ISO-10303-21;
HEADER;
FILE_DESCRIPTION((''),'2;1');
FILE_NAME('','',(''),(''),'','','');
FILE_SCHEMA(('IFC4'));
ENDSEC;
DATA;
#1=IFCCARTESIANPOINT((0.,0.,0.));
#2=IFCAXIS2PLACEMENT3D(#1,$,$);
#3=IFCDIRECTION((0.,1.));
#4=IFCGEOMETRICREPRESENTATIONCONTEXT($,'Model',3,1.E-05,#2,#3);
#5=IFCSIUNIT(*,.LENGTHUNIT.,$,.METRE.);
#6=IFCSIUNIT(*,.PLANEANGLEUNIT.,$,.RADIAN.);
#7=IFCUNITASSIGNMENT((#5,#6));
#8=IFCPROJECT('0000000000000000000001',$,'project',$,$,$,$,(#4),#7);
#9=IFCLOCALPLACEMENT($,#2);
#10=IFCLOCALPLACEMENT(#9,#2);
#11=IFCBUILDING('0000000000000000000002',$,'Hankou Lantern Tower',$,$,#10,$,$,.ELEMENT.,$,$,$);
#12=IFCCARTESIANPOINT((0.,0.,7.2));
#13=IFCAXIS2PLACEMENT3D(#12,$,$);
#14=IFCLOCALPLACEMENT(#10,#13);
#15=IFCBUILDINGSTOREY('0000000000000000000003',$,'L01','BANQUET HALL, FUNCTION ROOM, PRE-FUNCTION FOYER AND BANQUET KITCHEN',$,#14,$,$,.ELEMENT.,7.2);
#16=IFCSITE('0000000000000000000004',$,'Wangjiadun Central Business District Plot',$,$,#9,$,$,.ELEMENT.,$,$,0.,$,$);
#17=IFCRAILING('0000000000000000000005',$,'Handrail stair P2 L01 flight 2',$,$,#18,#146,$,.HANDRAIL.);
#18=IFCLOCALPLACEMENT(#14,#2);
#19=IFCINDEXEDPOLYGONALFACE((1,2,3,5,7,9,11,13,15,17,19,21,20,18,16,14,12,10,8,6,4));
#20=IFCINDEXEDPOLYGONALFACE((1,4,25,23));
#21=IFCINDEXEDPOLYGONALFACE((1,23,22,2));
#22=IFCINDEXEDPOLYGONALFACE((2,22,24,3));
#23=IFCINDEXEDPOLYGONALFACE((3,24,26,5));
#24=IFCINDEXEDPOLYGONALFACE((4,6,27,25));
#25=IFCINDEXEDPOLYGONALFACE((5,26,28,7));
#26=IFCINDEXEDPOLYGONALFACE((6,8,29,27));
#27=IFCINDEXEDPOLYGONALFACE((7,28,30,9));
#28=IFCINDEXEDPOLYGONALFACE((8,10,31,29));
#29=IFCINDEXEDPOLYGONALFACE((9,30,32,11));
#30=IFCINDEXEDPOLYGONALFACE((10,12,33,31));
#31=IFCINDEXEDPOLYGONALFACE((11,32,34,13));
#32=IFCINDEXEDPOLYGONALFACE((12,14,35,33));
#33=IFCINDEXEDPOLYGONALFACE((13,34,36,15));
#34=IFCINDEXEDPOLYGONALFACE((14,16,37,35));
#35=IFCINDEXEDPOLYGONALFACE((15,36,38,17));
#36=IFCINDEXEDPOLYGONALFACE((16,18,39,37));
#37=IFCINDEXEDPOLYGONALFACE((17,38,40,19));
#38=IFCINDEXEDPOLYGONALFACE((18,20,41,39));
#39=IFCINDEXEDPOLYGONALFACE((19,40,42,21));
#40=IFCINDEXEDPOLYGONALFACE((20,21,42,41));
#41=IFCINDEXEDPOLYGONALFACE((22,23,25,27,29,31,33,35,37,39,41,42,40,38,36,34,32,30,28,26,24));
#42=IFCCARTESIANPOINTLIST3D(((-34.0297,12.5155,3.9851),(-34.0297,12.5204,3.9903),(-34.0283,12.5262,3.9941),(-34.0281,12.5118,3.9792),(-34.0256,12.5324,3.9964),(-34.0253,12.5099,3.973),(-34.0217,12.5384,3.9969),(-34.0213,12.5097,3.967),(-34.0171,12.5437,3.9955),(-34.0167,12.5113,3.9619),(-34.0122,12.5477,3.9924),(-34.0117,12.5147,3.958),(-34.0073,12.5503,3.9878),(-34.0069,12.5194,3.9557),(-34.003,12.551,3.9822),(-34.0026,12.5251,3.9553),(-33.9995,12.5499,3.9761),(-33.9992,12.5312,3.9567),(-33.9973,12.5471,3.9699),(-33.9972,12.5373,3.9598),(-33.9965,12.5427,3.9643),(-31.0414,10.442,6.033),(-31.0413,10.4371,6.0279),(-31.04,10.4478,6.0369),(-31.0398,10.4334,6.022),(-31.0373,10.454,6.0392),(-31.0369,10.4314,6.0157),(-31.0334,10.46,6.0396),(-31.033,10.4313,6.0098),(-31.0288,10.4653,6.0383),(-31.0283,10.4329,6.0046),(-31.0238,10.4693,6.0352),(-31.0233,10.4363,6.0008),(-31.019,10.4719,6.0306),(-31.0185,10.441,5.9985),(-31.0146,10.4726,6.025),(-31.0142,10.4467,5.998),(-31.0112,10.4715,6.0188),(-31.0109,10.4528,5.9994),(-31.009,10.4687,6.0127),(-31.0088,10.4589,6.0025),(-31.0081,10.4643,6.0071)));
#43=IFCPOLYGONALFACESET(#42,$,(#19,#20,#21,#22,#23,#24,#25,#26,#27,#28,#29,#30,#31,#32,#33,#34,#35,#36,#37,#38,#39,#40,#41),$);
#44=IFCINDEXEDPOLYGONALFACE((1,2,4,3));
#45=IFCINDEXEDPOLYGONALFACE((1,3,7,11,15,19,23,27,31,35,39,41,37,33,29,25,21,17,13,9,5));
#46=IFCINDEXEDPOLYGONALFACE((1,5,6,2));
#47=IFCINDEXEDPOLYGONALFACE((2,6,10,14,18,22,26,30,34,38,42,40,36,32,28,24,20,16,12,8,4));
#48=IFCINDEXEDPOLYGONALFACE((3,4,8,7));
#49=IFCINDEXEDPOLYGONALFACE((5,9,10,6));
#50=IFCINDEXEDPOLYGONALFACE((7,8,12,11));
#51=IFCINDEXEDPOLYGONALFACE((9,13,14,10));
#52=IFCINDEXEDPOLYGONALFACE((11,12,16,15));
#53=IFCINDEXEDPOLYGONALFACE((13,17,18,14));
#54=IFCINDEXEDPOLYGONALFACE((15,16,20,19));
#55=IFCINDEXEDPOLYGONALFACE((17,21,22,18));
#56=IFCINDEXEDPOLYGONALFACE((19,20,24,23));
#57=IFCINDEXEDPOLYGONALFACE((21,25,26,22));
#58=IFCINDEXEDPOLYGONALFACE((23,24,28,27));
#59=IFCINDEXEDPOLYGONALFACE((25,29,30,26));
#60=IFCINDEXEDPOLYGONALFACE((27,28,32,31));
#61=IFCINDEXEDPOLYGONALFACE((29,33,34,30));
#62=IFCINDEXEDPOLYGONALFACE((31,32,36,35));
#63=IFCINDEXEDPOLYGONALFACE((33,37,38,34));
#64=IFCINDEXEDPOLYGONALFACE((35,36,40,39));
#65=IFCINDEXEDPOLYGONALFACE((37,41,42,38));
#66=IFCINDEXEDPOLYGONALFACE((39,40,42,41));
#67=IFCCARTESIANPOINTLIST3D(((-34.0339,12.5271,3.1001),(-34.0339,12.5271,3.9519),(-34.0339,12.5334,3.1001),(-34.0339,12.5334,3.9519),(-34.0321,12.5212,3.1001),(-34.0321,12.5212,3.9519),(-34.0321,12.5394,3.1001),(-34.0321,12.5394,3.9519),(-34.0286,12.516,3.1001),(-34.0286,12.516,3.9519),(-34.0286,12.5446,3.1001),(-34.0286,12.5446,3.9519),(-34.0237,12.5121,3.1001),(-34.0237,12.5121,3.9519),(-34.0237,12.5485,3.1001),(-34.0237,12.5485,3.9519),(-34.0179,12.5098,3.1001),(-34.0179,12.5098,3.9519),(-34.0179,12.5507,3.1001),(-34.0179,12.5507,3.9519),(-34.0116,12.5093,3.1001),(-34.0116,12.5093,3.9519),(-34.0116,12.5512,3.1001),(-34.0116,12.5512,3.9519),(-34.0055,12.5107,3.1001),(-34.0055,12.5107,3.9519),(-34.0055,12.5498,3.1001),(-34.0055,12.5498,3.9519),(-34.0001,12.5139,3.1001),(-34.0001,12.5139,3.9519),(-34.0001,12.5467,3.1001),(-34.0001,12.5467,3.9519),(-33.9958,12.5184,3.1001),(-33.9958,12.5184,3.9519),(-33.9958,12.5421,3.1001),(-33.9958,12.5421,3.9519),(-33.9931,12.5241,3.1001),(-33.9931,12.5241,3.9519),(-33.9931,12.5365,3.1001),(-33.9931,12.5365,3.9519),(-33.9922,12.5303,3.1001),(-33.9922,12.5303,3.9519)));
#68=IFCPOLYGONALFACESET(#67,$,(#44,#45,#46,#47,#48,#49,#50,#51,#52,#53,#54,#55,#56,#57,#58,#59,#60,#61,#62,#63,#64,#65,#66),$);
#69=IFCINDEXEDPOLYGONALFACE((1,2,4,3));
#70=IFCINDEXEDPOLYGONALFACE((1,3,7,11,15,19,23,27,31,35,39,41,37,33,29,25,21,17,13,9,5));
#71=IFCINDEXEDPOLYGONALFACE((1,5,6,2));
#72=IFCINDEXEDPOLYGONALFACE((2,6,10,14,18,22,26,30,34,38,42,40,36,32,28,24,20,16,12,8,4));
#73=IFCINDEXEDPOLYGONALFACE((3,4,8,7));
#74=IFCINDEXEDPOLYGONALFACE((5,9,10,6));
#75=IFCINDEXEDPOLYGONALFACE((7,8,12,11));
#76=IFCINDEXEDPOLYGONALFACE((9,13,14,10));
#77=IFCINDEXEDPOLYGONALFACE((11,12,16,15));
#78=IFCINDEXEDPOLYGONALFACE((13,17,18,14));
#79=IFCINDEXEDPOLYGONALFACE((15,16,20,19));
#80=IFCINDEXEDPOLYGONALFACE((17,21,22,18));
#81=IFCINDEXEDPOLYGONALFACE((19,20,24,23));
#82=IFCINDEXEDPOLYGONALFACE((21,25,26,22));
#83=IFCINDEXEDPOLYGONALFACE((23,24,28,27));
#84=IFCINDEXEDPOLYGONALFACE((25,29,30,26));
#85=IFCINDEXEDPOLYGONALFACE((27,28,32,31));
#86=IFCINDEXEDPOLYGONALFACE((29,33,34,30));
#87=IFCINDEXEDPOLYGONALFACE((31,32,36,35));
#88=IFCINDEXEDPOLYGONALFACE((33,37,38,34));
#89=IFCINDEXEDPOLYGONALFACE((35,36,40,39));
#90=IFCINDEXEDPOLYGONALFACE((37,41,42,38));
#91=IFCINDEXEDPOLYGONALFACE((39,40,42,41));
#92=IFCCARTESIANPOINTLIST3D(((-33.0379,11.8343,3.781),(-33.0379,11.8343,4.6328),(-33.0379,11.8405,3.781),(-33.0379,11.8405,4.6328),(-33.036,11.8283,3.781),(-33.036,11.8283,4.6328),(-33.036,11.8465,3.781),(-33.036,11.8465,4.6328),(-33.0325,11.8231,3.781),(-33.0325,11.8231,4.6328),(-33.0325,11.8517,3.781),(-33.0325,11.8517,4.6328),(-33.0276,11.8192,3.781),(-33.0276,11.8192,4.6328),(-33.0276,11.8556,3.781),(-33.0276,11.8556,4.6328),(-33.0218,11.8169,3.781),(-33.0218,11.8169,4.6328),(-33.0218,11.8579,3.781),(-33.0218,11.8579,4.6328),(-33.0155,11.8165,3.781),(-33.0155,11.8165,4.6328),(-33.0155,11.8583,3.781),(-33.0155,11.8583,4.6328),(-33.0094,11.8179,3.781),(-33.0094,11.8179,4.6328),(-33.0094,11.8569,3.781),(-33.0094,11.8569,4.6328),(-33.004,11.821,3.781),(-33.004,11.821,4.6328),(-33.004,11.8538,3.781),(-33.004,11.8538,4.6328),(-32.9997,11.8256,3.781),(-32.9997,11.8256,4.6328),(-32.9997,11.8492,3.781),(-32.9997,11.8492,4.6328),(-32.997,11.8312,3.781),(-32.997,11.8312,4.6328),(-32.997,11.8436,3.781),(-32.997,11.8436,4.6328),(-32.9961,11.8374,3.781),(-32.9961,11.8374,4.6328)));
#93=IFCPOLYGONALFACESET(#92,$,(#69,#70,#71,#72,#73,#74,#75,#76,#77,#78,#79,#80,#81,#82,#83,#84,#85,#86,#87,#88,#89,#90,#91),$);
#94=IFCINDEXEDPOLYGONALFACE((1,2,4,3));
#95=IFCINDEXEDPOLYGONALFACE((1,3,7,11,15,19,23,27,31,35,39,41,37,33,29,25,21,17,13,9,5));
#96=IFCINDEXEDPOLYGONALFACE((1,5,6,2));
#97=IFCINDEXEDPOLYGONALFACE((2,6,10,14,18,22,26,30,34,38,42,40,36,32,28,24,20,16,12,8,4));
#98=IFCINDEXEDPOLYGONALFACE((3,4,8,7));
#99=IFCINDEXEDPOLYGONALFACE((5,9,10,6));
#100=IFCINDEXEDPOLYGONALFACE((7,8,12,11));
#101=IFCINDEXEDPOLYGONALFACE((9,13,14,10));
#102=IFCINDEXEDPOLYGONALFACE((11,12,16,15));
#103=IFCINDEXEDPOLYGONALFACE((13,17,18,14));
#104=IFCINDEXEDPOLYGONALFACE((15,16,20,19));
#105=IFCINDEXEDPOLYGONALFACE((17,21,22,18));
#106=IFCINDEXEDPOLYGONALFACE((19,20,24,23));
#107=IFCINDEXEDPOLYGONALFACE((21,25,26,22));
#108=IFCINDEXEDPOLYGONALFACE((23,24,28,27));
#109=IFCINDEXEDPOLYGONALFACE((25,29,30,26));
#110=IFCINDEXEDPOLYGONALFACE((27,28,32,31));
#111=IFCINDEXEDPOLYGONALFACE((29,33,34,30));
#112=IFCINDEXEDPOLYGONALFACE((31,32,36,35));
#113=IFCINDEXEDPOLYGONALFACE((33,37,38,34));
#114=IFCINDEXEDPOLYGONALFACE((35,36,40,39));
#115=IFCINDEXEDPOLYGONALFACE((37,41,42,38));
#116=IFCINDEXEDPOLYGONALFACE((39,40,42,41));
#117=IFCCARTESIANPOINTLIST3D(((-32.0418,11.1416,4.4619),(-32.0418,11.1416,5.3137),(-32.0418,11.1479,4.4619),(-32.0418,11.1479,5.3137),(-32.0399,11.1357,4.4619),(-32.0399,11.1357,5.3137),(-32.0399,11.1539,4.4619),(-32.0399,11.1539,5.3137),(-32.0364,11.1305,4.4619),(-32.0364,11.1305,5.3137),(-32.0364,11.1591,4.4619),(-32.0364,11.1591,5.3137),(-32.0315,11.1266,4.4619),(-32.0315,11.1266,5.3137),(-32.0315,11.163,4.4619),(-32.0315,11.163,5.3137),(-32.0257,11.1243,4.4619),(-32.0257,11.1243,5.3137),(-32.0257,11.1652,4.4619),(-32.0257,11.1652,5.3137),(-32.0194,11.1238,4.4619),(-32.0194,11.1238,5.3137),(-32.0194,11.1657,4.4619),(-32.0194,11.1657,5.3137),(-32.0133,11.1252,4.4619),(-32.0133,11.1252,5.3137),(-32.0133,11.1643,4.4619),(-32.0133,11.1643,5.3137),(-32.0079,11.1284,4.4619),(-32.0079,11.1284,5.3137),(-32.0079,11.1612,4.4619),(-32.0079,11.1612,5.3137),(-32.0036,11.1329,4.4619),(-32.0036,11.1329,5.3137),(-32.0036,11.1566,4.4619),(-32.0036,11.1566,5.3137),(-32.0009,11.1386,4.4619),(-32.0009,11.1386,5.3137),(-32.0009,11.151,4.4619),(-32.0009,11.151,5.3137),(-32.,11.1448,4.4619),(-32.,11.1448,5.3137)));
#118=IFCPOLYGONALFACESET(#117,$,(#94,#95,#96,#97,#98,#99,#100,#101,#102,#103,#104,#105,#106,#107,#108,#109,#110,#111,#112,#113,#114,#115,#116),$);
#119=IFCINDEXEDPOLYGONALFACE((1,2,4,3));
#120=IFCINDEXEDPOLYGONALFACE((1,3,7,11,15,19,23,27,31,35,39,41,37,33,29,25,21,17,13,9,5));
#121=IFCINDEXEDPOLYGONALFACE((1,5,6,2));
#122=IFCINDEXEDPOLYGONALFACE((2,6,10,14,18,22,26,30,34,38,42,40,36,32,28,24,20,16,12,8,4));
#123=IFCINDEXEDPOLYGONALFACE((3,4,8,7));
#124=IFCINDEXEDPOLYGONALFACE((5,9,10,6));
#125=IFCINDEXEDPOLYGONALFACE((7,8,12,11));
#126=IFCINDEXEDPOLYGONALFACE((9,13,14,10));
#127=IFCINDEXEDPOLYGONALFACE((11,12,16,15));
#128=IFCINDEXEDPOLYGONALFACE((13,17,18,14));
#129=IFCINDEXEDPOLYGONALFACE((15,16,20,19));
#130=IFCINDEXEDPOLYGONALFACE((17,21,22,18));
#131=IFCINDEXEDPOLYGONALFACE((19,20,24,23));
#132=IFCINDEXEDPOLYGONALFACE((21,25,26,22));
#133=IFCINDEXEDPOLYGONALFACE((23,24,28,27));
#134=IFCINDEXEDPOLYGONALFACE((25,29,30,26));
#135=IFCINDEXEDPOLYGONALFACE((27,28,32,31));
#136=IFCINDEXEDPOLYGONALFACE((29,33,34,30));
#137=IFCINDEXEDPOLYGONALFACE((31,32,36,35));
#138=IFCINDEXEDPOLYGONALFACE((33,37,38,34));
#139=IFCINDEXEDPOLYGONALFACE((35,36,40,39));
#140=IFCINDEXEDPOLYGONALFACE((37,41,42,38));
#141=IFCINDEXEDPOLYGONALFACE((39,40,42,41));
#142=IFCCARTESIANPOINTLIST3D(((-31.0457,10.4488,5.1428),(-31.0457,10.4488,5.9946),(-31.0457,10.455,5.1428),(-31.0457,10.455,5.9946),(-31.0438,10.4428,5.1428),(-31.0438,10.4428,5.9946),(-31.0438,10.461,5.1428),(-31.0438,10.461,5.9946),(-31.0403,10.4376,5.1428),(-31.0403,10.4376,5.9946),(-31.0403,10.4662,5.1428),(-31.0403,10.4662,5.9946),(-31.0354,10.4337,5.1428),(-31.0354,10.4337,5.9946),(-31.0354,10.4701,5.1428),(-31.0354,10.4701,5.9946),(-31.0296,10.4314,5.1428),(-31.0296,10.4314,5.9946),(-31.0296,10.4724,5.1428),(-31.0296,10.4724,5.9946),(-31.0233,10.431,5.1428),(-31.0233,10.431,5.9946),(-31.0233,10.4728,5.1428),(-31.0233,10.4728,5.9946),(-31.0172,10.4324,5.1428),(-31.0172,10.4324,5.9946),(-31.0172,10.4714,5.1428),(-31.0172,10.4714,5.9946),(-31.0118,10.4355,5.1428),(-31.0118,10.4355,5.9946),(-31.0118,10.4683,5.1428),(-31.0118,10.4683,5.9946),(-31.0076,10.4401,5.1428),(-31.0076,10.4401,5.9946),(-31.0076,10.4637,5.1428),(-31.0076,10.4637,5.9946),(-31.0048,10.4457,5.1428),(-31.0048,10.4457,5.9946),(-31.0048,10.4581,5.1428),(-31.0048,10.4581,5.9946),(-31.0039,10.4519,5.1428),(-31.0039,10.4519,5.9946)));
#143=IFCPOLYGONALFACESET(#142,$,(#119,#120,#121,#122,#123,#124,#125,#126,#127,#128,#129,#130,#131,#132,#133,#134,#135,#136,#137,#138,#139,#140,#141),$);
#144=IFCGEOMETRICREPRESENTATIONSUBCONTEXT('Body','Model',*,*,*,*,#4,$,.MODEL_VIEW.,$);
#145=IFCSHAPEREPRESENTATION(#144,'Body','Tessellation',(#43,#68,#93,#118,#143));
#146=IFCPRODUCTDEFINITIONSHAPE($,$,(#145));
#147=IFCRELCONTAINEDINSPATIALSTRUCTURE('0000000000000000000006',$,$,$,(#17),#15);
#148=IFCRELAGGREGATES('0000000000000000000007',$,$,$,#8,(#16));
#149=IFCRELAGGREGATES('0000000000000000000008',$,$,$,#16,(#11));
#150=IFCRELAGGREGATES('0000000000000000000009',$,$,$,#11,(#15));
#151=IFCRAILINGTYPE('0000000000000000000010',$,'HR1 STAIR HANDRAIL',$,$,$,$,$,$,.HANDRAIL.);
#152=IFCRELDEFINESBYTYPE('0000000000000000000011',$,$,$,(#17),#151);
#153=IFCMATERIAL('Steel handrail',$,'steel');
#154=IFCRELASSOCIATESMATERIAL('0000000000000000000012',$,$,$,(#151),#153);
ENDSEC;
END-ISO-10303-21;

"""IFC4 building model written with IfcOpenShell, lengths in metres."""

from ifc_helpers import new_model, si_unit, direction, frame, origin, origin_2d, place, context, subcontext, project, spatial, circle, extrude, material, type_object, element, save


model = new_model("IFC4")

# Units and contexts
model_context = context("Model", 3, precision=1e-05, world=origin(), true_north=direction((0.0, 1.0)))
body_context = subcontext(model_context, "Body", "Model", "MODEL_VIEW")
ifc_project = project(units=[si_unit("LENGTHUNIT", "METRE"), si_unit("PLANEANGLEUNIT", "RADIAN")], contexts=[model_context])

# Site, building, storey
site_placement = place(None, origin())
site = spatial("IfcSite", under=ifc_project, at=site_placement, Name="Wangjiadun Central Business District Plot", CompositionType="ELEMENT", RefElevation=0.0)
building_placement = place(site_placement, origin())
building = spatial("IfcBuilding", under=site, at=building_placement, Name="Hankou Lantern Tower", CompositionType="ELEMENT")
storey_placement = place(building_placement, frame((0.0, 0.0, 7.2)))
storey = spatial("IfcBuildingStorey", under=building, at=storey_placement, Name="L01", Description="BANQUET HALL, FUNCTION ROOM, PRE-FUNCTION FOYER AND BANQUET KITCHEN", CompositionType="ELEMENT", Elevation=7.2)

# Railing
ifc_material_1 = material(Name="Steel handrail", Category="steel")
railing_type = type_object("IfcRailingType", Name="HR1 STAIR HANDRAIL", PredefinedType="HANDRAIL", material=ifc_material_1)
railing_1_placement = place(storey_placement, frame((-34.0132, 12.5303, 3.1001)))
element("IfcRailing", 1, at=railing_1_placement, inside=storey, type_object=railing_type, Name="Handrail stair P2 L01 flight 2", PredefinedType="HANDRAIL", context=body_context, shape_type="SweptSolid", body=[
    extrude(circle(Radius=0.0239, at=origin_2d()), frame((0.0, 0.0, 0.876), z_axis=(0.71593, -0.497934, 0.489394), x_axis=(0.570984, 0.820961, 0.0)), (0.0, 0.0, 1.0), 4.1741),
    extrude(circle(Radius=0.021, at=origin_2d()), origin(), (0.0, 0.0, 1.0), 0.8518),
    extrude(circle(Radius=0.021, at=origin_2d()), frame((0.9961, -0.6929, 0.6809)), (0.0, 0.0, 1.0), 0.8518),
    extrude(circle(Radius=0.021, at=origin_2d()), frame((1.9922, -1.3855, 1.3618)), (0.0, 0.0, 1.0), 0.8518),
    extrude(circle(Radius=0.021, at=origin_2d()), frame((2.9883, -2.0784, 2.0427)), (0.0, 0.0, 1.0), 0.8518),
])

save(model, "model.ifc")
